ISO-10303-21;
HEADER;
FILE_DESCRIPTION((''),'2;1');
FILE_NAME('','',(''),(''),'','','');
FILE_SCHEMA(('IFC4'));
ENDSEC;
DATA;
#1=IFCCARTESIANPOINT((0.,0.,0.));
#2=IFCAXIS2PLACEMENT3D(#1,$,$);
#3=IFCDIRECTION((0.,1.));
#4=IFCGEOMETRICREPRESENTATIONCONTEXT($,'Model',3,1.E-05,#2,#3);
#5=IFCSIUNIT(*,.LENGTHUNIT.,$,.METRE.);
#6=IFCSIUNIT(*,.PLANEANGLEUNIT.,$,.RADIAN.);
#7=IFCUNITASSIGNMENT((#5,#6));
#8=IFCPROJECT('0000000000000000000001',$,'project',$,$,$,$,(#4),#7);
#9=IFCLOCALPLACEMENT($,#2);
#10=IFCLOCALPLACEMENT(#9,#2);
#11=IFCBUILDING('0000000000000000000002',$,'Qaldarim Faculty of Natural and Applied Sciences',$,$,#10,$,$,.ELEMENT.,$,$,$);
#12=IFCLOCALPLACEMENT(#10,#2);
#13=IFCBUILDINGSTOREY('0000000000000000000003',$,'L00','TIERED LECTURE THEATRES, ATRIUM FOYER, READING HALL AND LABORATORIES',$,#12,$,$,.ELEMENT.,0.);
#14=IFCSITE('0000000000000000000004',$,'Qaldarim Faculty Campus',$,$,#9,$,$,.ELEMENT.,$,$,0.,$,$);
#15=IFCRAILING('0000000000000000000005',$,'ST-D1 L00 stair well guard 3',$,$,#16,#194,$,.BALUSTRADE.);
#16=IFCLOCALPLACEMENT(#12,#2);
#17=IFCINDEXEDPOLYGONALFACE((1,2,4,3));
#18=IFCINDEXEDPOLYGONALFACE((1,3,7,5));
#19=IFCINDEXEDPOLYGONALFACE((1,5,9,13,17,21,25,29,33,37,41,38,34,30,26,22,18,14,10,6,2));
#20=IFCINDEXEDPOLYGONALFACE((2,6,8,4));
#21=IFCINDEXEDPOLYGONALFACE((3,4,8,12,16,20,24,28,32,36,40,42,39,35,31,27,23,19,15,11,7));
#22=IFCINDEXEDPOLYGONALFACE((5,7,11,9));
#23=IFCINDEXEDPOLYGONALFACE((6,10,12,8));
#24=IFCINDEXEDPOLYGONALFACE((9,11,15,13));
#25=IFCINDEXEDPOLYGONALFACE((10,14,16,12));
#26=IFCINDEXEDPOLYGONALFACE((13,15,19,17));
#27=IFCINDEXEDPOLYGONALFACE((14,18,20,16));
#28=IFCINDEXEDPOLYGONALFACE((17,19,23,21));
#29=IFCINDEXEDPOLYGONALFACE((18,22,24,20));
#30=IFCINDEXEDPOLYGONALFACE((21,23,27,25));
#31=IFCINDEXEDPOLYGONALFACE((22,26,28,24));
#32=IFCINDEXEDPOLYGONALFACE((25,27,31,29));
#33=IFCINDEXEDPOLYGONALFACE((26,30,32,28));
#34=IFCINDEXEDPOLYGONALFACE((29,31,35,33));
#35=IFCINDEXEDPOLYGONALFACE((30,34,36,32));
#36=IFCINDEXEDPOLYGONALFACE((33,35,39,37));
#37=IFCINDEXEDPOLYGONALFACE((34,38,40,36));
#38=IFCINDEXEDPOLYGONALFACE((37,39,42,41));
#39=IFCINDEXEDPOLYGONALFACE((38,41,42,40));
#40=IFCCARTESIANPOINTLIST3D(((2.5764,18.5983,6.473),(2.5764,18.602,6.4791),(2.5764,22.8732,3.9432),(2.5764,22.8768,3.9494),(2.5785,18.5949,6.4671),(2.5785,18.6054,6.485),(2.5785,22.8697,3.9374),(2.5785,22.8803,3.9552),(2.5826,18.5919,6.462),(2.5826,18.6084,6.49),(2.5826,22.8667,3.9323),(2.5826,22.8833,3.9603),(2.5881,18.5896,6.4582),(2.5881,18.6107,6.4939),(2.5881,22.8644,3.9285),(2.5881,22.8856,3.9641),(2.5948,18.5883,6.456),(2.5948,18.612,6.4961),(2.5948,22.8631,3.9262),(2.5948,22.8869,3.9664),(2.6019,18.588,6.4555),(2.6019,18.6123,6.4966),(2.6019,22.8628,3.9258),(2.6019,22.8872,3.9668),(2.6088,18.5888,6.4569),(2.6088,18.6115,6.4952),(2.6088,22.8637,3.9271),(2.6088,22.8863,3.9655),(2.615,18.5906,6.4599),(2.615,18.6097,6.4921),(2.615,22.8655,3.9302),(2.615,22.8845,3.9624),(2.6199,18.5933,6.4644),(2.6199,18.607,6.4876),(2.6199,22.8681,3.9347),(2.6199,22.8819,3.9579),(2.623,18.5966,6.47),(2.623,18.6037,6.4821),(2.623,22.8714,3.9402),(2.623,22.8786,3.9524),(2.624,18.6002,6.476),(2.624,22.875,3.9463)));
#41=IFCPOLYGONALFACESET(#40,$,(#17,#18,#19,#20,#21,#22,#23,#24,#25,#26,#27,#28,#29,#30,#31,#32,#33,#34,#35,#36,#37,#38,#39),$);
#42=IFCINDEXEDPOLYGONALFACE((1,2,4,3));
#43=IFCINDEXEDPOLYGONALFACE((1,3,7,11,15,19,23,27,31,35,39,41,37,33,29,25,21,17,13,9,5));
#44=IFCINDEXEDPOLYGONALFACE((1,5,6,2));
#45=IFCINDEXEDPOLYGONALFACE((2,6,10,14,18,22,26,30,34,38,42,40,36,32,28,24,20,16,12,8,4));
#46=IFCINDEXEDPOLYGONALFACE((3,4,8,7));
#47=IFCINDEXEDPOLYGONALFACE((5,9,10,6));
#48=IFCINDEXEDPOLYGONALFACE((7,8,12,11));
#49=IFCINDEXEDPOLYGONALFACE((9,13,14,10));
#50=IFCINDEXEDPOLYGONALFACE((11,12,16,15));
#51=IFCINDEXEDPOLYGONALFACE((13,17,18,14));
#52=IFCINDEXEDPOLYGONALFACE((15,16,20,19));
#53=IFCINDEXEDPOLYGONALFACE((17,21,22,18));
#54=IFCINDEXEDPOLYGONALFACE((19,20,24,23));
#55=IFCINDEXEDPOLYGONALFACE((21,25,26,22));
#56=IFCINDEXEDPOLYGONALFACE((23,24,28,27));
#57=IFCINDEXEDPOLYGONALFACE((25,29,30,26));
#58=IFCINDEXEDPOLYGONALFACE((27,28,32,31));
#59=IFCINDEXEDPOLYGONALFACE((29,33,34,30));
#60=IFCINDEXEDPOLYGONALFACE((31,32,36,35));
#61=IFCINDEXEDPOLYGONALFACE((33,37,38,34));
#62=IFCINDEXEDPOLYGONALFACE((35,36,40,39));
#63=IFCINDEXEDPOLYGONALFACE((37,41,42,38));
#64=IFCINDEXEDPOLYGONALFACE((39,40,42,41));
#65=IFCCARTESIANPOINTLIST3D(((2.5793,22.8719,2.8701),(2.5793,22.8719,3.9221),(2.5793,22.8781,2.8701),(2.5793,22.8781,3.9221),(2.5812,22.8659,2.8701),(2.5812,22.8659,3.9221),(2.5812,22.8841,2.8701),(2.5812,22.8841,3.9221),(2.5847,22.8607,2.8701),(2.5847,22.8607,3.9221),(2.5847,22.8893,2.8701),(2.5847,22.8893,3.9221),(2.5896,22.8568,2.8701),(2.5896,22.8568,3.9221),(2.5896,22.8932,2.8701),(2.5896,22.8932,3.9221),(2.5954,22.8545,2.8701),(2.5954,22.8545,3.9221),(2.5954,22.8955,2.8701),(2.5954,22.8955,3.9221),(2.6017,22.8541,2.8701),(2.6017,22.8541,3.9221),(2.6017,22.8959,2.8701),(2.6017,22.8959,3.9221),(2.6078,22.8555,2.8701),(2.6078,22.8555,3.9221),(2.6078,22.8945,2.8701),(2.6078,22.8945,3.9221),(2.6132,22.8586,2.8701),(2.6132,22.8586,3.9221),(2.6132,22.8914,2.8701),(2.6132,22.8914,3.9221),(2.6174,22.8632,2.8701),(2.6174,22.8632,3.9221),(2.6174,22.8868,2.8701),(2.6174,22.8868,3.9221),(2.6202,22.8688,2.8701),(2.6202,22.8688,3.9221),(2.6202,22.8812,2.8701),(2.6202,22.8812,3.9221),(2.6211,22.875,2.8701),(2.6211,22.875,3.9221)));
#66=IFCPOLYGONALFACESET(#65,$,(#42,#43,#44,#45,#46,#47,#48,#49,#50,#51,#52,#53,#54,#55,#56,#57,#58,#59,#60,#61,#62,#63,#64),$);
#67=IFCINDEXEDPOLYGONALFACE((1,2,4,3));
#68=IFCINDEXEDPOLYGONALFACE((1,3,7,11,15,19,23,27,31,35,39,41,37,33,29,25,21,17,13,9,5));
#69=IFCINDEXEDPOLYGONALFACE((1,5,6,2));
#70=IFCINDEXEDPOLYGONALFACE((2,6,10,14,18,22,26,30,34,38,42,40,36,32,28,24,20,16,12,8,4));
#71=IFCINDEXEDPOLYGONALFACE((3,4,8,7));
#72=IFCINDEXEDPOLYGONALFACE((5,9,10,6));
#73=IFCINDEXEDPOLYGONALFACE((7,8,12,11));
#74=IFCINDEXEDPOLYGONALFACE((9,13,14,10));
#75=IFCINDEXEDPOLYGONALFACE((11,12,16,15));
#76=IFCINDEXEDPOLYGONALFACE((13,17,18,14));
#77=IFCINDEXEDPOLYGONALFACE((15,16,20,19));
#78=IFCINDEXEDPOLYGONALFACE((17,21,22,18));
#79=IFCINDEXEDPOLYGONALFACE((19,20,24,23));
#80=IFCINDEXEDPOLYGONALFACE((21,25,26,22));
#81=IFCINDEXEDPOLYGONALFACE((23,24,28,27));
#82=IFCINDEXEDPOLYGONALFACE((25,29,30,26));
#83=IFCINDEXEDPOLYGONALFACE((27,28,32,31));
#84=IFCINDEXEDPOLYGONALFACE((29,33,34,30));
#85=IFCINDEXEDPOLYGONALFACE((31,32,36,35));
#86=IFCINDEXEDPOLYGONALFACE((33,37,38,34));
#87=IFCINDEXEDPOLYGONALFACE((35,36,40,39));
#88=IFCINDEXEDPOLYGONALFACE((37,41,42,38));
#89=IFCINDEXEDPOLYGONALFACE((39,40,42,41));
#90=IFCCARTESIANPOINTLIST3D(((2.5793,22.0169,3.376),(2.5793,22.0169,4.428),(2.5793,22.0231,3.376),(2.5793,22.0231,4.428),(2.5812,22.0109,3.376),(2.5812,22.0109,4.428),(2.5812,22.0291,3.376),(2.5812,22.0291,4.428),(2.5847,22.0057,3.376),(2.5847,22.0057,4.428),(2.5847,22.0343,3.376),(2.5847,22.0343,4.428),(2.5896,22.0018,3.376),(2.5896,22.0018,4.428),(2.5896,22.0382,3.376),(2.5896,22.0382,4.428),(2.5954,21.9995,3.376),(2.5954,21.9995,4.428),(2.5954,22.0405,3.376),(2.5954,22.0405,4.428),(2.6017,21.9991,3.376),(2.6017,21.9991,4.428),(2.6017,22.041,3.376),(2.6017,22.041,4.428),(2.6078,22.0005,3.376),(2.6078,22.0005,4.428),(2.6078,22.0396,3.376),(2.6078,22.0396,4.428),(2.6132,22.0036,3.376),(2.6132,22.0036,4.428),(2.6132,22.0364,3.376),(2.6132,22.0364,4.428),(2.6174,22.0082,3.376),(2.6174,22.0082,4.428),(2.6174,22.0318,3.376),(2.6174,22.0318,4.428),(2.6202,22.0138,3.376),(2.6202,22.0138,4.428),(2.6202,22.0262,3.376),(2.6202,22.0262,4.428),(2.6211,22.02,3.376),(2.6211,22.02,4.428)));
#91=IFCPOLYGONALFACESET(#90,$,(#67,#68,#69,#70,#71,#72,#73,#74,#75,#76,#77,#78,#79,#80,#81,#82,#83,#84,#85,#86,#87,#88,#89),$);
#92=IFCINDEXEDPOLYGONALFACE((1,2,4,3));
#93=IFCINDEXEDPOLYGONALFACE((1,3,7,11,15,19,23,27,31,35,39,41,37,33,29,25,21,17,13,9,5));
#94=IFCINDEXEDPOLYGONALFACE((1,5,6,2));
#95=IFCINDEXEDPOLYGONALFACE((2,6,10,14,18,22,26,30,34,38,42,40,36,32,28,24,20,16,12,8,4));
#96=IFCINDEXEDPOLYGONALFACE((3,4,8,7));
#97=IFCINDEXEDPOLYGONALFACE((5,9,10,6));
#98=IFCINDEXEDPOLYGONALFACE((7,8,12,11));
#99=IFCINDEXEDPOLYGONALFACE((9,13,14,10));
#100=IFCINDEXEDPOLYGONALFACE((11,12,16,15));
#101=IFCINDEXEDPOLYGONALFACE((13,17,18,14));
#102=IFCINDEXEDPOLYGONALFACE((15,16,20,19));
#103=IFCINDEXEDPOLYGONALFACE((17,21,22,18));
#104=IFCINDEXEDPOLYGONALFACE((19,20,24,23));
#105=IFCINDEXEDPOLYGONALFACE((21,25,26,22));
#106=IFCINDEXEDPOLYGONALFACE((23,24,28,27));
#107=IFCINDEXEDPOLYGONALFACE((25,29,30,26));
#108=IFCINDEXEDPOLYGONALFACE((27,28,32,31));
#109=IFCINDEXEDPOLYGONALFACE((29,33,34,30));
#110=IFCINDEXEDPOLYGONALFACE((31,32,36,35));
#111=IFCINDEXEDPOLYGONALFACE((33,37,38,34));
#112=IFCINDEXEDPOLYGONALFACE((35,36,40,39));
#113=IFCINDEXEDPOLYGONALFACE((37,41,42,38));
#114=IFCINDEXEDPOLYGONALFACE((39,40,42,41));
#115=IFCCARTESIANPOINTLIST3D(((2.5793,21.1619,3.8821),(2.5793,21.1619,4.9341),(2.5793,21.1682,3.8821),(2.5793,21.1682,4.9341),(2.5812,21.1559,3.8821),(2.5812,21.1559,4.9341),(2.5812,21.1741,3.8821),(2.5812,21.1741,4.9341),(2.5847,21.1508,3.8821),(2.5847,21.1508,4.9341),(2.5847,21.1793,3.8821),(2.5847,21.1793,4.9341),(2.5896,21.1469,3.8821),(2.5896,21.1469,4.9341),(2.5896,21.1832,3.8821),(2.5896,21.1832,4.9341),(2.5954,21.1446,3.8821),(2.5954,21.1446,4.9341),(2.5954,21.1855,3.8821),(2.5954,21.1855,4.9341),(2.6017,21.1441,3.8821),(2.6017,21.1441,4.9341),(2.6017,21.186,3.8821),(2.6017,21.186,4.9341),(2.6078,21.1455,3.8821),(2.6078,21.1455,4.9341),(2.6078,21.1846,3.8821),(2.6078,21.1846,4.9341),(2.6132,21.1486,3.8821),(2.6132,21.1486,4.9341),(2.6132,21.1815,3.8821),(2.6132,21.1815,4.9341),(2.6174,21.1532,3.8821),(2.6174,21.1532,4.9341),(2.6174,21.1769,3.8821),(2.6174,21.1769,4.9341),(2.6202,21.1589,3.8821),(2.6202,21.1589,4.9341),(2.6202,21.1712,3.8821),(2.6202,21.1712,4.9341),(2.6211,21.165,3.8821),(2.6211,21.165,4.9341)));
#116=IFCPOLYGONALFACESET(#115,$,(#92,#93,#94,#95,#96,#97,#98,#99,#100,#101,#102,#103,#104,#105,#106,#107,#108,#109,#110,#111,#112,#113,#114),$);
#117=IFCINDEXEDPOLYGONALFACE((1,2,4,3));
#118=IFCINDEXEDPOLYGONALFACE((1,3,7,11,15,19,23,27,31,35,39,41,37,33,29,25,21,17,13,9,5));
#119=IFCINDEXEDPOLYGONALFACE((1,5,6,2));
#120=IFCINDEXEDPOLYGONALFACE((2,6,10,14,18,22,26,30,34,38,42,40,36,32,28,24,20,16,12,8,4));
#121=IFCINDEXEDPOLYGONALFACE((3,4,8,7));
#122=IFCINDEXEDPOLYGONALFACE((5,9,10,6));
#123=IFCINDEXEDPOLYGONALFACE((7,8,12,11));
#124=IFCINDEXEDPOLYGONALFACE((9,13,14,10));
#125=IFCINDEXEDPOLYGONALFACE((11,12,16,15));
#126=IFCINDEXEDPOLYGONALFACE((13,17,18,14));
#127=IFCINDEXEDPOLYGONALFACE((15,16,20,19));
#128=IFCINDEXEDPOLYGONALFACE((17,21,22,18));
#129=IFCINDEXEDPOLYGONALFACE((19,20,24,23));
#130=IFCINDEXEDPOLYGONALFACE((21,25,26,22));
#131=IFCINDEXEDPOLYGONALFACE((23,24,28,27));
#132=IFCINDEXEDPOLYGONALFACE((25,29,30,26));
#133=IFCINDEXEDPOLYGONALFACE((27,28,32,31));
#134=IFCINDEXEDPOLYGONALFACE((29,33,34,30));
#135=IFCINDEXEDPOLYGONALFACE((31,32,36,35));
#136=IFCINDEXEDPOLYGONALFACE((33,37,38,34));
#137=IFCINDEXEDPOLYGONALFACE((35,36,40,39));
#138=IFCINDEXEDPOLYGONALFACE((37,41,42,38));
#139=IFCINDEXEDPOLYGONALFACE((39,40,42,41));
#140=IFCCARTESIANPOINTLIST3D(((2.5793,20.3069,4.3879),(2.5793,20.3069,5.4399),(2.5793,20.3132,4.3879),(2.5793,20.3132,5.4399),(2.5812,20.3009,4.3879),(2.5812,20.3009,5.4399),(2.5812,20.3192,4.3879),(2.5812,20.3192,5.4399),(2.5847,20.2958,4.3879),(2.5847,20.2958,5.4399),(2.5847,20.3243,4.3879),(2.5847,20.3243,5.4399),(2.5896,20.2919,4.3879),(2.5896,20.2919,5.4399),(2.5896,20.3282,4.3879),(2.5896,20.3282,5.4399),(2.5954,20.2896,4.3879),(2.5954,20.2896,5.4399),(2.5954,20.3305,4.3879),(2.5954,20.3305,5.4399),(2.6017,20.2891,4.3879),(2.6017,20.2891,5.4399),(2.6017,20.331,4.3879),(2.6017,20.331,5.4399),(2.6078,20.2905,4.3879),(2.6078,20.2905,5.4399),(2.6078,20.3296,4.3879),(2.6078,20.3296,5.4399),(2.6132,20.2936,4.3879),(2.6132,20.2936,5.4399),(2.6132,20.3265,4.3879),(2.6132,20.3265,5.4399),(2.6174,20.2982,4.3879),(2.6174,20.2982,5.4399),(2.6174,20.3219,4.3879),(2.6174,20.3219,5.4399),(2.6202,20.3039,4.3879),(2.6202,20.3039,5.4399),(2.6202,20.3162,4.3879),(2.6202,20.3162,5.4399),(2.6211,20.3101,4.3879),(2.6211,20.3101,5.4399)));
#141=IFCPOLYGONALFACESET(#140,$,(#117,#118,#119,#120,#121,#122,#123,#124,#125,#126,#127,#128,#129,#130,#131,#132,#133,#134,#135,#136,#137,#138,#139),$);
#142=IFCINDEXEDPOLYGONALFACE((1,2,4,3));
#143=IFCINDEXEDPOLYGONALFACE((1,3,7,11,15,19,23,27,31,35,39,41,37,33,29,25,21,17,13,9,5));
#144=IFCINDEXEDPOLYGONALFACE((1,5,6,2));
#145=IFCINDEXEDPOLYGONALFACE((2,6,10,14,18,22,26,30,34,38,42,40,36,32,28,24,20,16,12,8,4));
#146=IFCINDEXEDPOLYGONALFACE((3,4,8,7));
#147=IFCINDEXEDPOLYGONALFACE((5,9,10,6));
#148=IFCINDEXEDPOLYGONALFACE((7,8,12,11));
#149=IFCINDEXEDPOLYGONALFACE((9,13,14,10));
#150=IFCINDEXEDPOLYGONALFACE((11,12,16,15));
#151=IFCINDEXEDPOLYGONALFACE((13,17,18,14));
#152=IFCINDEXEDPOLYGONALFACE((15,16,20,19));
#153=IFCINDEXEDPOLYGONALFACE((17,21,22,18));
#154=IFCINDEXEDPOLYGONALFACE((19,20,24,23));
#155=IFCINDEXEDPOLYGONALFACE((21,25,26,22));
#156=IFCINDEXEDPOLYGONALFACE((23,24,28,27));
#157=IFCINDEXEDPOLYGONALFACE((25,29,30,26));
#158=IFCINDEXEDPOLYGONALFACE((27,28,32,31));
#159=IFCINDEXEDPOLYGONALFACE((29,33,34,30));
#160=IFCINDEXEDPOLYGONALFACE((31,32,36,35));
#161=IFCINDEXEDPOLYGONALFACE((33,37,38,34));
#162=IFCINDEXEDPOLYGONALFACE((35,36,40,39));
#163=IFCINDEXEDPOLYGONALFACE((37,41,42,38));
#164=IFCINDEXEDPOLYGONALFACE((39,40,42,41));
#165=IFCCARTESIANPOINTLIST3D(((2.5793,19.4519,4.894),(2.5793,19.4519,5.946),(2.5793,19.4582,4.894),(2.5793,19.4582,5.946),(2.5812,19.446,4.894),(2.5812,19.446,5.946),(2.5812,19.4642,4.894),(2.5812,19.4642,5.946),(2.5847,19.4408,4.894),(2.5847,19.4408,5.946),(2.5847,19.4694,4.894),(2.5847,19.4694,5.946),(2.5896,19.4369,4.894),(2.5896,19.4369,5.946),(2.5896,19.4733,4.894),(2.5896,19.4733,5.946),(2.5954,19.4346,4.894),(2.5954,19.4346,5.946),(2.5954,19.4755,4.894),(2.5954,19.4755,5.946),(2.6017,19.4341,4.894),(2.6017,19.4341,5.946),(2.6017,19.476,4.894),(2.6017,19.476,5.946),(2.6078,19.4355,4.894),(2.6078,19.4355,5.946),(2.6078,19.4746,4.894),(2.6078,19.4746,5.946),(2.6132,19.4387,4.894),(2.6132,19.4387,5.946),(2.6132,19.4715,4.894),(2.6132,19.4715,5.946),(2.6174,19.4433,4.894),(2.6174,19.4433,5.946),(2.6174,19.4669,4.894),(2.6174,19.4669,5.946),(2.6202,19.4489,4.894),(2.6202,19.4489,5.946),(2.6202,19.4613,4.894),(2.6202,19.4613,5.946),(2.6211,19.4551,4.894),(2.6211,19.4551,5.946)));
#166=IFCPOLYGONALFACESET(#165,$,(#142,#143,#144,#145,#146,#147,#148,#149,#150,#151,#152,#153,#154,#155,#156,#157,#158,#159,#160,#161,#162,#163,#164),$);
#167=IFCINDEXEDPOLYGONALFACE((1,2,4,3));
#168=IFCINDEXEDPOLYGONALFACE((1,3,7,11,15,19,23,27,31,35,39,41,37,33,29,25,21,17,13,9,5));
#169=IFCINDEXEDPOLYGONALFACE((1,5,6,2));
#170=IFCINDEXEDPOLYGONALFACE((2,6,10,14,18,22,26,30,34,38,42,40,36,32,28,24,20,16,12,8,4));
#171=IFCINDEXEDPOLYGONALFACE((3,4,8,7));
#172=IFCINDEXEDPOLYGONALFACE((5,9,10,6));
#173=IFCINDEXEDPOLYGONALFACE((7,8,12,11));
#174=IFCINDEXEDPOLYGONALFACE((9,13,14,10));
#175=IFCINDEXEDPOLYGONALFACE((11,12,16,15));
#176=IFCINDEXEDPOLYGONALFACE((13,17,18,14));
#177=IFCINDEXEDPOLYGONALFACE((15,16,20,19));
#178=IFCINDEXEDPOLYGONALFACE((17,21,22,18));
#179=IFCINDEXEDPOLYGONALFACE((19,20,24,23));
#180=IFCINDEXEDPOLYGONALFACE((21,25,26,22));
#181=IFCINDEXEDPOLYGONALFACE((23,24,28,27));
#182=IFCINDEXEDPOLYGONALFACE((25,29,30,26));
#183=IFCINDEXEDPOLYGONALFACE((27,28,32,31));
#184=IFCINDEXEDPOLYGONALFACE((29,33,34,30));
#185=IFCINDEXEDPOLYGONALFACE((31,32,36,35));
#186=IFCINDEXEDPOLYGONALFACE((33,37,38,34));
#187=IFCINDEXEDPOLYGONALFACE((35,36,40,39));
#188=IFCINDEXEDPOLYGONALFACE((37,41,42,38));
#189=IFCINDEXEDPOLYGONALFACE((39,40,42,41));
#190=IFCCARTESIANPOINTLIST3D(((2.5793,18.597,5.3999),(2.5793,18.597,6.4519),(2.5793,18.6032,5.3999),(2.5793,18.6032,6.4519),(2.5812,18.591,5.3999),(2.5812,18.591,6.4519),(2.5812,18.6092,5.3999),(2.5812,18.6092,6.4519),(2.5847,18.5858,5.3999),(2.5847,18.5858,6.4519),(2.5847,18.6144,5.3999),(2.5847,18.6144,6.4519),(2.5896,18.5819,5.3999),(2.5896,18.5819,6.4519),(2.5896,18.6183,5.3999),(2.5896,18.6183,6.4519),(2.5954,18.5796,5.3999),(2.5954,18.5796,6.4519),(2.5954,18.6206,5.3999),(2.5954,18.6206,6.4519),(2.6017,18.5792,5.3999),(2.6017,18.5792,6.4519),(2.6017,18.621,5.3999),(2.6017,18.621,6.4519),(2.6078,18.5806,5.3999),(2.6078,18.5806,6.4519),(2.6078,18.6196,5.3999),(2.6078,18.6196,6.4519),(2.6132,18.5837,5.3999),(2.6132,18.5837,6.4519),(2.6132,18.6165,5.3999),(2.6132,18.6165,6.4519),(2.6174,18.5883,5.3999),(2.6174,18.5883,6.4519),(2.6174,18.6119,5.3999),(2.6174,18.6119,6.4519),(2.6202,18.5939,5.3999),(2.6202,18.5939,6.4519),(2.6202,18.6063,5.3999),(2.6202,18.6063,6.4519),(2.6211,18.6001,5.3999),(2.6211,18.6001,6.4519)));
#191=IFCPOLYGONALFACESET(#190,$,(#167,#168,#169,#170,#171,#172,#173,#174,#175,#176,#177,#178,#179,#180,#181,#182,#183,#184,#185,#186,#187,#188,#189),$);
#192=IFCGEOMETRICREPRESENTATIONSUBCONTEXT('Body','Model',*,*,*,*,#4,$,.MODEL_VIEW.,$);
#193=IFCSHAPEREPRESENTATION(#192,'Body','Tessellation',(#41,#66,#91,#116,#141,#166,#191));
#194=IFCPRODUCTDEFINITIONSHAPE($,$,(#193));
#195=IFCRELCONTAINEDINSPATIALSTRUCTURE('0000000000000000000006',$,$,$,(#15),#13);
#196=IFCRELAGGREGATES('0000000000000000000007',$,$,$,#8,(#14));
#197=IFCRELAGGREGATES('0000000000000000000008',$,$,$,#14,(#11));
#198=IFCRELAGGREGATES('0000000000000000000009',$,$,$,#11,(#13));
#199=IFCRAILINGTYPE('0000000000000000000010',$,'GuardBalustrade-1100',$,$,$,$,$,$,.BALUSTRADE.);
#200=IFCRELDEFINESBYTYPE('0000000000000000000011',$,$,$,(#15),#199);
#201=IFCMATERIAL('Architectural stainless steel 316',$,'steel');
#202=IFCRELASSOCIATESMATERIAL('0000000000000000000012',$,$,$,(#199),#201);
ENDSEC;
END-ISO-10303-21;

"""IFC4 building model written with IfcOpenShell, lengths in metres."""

from ifc_helpers import new_model, si_unit, direction, frame, origin, origin_2d, place, context, subcontext, project, spatial, circle, extrude, material, type_object, element, save


model = new_model("IFC4")

# Units and contexts
model_context = context("Model", 3, precision=1e-05, world=origin(), true_north=direction((0.0, 1.0)))
body_context = subcontext(model_context, "Body", "Model", "MODEL_VIEW")
ifc_project = project(units=[si_unit("LENGTHUNIT", "METRE"), si_unit("PLANEANGLEUNIT", "RADIAN")], contexts=[model_context])

# Site, building, storey
site_placement = place(None, origin())
site = spatial("IfcSite", under=ifc_project, at=site_placement, Name="Qaldarim Faculty Campus", CompositionType="ELEMENT", RefElevation=0.0)
building_placement = place(site_placement, origin())
building = spatial("IfcBuilding", under=site, at=building_placement, Name="Qaldarim Faculty of Natural and Applied Sciences", CompositionType="ELEMENT")
storey_placement = place(building_placement, origin())
storey = spatial("IfcBuildingStorey", under=building, at=storey_placement, Name="L00", Description="TIERED LECTURE THEATRES, ATRIUM FOYER, READING HALL AND LABORATORIES", CompositionType="ELEMENT", Elevation=0.0)

# Railing
ifc_material_1 = material(Name="Architectural stainless steel 316", Category="steel")
railing_type_1 = type_object("IfcRailingType", Name="GuardBalustrade-1100", PredefinedType="BALUSTRADE", material=ifc_material_1)
railing_1_placement = place(storey_placement, frame((2.6001, 22.875, 2.8701)))
element("IfcRailing", 1, at=railing_1_placement, inside=storey, type_object=railing_type_1, Name="ST-D1 L00 stair well guard 3", PredefinedType="BALUSTRADE", context=body_context, shape_type="SweptSolid", body=[
    extrude(circle(Radius=0.0239, at=origin_2d()), frame((0.0, 0.0, 1.0762), z_axis=(0.0, -0.8606, 0.509282), x_axis=(1.0, 0.0, 0.0)), (0.0, 0.0, 1.0), 4.9673),
    extrude(circle(Radius=0.021, at=origin_2d()), origin(), (0.0, 0.0, 1.0), 1.052),
    extrude(circle(Radius=0.021, at=origin_2d()), frame((0.0, -0.855, 0.5059)), (0.0, 0.0, 1.0), 1.052),
    extrude(circle(Radius=0.021, at=origin_2d()), frame((0.0, -1.71, 1.012)), (0.0, 0.0, 1.0), 1.052),
    extrude(circle(Radius=0.021, at=origin_2d()), frame((0.0, -2.5649, 1.5178)), (0.0, 0.0, 1.0), 1.052),
    extrude(circle(Radius=0.021, at=origin_2d()), frame((0.0, -3.4199, 2.0239)), (0.0, 0.0, 1.0), 1.052),
    extrude(circle(Radius=0.021, at=origin_2d()), frame((0.0, -4.2749, 2.5298)), (0.0, 0.0, 1.0), 1.052),
])

save(model, "model.ifc")
